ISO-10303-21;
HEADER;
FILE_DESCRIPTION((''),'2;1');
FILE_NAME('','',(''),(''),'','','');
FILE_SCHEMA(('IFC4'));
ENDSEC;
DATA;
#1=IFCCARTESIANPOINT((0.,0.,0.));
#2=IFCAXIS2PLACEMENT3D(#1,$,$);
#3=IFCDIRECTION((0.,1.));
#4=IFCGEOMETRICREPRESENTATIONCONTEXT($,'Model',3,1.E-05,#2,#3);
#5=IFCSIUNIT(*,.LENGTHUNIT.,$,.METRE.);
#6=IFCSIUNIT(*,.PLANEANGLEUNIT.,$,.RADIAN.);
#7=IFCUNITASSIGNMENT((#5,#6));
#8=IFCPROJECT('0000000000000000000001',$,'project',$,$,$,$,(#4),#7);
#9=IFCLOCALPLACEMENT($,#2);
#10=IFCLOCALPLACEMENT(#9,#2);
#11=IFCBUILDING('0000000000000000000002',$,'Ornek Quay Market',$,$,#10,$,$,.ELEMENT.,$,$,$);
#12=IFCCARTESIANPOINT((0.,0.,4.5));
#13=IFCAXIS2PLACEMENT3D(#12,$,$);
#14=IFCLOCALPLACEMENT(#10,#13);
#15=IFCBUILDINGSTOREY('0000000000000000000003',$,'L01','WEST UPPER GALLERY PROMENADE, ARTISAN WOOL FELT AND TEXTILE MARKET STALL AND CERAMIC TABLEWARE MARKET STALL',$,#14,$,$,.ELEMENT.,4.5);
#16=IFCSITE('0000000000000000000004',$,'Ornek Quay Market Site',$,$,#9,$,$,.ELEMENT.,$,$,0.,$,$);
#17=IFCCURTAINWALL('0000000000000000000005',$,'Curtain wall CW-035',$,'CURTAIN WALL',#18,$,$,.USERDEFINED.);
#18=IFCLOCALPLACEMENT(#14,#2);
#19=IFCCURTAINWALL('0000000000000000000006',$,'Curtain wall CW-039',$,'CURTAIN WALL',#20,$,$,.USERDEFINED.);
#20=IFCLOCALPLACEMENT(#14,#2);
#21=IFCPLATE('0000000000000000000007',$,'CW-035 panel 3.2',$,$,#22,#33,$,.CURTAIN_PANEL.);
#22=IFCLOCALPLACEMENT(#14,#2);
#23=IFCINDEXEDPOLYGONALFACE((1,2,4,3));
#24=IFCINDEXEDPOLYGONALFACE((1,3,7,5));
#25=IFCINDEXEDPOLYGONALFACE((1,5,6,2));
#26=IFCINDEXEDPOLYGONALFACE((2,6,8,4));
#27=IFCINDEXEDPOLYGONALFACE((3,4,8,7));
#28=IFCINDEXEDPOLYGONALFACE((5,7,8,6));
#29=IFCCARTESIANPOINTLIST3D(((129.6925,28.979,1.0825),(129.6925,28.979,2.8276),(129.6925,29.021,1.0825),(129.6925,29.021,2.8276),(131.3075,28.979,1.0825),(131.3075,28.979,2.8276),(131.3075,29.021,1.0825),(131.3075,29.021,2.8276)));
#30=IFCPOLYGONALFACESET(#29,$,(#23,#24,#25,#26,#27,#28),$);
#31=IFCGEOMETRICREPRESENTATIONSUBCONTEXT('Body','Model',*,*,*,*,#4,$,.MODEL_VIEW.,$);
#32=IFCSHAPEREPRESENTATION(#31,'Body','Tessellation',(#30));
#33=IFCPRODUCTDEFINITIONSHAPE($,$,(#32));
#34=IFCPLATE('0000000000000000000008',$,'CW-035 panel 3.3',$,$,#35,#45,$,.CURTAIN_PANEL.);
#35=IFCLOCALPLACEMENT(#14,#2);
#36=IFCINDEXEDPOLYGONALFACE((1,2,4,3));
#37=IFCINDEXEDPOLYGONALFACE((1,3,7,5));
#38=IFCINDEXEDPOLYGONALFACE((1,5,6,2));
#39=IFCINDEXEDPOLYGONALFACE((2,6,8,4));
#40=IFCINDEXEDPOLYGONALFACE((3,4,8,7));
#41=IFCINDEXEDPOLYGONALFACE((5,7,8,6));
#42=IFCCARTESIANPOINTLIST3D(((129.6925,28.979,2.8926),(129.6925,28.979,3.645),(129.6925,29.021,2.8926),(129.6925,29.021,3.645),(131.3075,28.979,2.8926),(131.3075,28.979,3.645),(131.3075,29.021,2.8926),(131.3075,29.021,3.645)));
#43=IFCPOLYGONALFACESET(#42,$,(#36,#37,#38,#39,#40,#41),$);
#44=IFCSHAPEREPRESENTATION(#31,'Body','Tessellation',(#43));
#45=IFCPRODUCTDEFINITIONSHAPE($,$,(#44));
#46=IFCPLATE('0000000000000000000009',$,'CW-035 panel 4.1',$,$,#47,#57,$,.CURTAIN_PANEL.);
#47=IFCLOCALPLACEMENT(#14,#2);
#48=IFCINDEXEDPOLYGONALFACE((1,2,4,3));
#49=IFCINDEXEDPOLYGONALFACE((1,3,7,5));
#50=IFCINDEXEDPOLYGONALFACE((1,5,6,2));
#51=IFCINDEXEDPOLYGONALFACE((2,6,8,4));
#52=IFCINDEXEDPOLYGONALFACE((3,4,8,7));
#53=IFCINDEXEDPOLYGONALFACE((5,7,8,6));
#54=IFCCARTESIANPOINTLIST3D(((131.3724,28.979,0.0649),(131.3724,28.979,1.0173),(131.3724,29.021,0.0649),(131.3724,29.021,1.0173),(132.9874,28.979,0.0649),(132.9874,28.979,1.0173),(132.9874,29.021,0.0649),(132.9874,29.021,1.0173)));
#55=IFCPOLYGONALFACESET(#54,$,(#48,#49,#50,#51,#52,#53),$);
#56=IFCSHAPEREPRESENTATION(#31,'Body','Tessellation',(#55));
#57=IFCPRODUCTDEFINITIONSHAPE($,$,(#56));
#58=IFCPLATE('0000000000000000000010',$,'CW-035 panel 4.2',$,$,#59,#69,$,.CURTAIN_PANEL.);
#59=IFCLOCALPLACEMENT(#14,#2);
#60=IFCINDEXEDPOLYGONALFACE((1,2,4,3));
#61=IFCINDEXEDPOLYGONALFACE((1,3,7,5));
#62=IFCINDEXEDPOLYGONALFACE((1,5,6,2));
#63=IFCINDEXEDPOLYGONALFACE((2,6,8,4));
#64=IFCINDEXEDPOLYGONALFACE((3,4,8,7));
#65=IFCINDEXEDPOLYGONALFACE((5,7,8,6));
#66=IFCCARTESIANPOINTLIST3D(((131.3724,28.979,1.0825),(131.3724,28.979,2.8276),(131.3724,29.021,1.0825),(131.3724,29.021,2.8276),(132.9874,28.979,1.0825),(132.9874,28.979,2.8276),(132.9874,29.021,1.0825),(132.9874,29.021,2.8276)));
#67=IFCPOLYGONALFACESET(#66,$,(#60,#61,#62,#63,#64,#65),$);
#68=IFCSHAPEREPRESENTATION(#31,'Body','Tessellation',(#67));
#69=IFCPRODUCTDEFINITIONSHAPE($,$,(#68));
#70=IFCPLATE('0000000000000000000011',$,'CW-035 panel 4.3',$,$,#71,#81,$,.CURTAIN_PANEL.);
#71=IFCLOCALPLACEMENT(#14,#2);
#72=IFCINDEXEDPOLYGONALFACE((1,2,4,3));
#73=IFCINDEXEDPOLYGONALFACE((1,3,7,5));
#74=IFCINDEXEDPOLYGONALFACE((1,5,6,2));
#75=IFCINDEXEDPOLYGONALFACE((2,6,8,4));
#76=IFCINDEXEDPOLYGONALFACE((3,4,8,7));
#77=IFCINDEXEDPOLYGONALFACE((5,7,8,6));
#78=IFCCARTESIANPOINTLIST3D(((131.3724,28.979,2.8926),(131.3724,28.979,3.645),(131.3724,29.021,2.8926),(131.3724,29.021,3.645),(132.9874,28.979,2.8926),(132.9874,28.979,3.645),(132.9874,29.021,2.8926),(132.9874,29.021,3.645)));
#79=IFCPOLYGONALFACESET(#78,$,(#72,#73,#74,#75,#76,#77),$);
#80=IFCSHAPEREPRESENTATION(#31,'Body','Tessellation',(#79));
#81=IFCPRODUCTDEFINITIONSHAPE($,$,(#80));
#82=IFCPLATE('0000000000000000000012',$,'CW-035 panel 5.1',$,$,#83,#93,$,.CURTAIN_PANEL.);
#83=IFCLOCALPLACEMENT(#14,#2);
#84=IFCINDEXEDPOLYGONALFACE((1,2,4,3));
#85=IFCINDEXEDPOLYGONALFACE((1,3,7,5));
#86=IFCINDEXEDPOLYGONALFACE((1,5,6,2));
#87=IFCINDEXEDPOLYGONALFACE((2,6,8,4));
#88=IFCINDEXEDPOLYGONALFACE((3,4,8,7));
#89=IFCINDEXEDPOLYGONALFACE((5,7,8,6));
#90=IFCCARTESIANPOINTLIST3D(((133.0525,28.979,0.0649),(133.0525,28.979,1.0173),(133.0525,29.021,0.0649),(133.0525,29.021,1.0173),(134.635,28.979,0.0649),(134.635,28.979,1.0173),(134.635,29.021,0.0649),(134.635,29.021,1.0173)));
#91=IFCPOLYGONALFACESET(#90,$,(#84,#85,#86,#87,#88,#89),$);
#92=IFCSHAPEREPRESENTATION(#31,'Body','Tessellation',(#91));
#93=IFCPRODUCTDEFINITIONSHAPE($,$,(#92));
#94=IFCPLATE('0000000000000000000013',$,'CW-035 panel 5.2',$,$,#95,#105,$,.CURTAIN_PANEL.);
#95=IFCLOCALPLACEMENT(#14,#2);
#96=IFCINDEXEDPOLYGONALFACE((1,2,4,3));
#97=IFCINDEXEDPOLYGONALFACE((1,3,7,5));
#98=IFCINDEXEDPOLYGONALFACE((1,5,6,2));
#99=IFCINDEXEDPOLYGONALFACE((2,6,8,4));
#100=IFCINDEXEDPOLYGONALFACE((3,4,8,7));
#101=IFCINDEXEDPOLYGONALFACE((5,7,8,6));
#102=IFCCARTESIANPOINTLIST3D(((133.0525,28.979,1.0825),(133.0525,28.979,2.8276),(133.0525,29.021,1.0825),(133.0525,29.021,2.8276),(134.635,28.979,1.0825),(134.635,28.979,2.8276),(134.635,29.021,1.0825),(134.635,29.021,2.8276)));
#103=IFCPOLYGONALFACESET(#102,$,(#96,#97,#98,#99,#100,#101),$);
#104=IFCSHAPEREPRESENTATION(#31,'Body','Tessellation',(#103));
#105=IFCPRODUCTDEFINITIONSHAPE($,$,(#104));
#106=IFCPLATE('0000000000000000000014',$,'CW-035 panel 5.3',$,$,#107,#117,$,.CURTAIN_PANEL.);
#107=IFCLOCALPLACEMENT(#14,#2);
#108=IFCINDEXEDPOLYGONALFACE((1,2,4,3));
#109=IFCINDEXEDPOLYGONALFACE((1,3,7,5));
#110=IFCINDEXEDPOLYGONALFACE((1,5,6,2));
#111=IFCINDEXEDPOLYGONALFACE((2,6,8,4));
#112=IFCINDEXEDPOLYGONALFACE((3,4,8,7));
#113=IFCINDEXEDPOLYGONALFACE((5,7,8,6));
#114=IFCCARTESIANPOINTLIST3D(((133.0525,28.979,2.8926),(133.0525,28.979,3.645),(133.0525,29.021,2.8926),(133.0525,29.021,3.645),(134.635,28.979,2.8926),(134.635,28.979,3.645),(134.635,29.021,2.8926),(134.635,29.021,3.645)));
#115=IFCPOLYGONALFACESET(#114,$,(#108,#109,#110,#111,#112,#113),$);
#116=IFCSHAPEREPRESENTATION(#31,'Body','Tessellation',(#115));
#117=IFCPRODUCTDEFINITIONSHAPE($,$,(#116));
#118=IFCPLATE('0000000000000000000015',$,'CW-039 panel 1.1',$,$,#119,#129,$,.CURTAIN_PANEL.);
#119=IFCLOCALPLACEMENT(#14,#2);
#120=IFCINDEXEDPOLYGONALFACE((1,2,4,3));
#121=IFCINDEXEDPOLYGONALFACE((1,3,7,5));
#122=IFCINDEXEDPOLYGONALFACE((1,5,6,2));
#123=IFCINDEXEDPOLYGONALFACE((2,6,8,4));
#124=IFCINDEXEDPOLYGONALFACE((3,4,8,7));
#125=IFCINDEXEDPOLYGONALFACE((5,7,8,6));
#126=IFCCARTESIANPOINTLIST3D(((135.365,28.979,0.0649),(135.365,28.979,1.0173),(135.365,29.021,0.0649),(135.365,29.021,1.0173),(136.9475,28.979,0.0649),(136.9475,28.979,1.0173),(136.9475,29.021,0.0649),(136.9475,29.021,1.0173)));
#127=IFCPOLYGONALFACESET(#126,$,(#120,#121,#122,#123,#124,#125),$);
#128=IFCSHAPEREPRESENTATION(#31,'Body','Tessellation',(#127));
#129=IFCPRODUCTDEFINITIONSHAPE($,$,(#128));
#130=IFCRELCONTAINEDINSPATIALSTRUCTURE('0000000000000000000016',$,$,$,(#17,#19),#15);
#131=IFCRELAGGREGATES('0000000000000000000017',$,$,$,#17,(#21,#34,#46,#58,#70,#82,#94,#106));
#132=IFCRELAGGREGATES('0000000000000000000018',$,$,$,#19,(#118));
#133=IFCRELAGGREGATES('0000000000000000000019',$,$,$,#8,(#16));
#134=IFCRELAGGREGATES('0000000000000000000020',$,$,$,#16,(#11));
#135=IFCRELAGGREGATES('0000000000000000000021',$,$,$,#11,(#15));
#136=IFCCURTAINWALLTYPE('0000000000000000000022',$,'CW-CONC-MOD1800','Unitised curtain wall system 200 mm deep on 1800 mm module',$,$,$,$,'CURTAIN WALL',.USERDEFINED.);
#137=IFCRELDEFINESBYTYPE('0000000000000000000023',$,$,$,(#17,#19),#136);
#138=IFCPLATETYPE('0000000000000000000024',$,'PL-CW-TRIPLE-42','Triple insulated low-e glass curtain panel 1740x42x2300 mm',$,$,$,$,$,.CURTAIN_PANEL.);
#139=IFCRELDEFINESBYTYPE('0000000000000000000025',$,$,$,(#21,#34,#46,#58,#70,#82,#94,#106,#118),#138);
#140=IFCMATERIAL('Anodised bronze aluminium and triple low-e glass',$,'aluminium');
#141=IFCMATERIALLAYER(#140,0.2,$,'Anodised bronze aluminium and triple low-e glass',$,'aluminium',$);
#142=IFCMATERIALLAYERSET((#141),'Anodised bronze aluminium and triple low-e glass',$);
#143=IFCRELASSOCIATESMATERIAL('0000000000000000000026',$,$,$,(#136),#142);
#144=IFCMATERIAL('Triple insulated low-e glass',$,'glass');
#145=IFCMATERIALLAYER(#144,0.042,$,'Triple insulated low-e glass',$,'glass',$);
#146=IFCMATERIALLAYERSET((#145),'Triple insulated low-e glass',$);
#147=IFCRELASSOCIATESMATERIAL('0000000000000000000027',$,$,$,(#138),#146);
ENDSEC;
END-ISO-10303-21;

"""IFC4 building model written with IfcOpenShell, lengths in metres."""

from ifc_helpers import new_model, si_unit, direction, frame, origin, origin_2d, place, context, subcontext, project, spatial, rectangle, extrude, material, layer, layer_set, type_object, element, aggregate, save


model = new_model("IFC4")

# Units and contexts
model_context = context("Model", 3, precision=1e-05, world=origin(), true_north=direction((0.0, 1.0)))
body_context = subcontext(model_context, "Body", "Model", "MODEL_VIEW")
ifc_project = project(units=[si_unit("LENGTHUNIT", "METRE"), si_unit("PLANEANGLEUNIT", "RADIAN")], contexts=[model_context])

# Site, building, storey
site_placement = place(None, origin())
site = spatial("IfcSite", under=ifc_project, at=site_placement, Name="Ornek Quay Market Site", CompositionType="ELEMENT", RefElevation=0.0)
building_placement = place(site_placement, origin())
building = spatial("IfcBuilding", under=site, at=building_placement, Name="Ornek Quay Market", CompositionType="ELEMENT")
storey_placement = place(building_placement, frame((0.0, 0.0, 4.5)))
storey = spatial("IfcBuildingStorey", under=building, at=storey_placement, Name="L01", Description="WEST UPPER GALLERY PROMENADE, ARTISAN WOOL FELT AND TEXTILE MARKET STALL AND CERAMIC TABLEWARE MARKET STALL", CompositionType="ELEMENT", Elevation=4.5)

# Curtain wall
ifc_material_1 = material(Name="Anodised bronze aluminium and triple low-e glass", Category="aluminium")
ifc_layer_1 = layer(ifc_material_1, 0.2, Name="Anodised bronze aluminium and triple low-e glass", Category="aluminium")
ifc_layer_set_1 = layer_set([ifc_layer_1], Name="Anodised bronze aluminium and triple low-e glass")
curtain_wall_type_1 = type_object("IfcCurtainWallType", Name="CW-CONC-MOD1800", Description="Unitised curtain wall system 200 mm deep on 1800 mm module", ElementType="CURTAIN WALL", PredefinedType="USERDEFINED", material=ifc_layer_set_1)
curtain_wall_1_placement = place(storey_placement, origin())
curtain_wall_1 = element("IfcCurtainWall", 1, at=curtain_wall_1_placement, inside=storey, type_object=curtain_wall_type_1, Name="Curtain wall CW-035", ObjectType="CURTAIN WALL", PredefinedType="USERDEFINED")

# Curtain wall
curtain_wall_2_placement = place(storey_placement, origin())
curtain_wall_2 = element("IfcCurtainWall", 2, at=curtain_wall_2_placement, inside=storey, type_object=curtain_wall_type_1, Name="Curtain wall CW-039", ObjectType="CURTAIN WALL", PredefinedType="USERDEFINED")

# Plates
ifc_material_2 = material(Name="Triple insulated low-e glass", Category="glass")
ifc_layer_2 = layer(ifc_material_2, 0.042, Name="Triple insulated low-e glass", Category="glass")
ifc_layer_set_2 = layer_set([ifc_layer_2], Name="Triple insulated low-e glass")
plate_type_1 = type_object("IfcPlateType", Name="PL-CW-TRIPLE-42", Description="Triple insulated low-e glass curtain panel 1740x42x2300 mm", PredefinedType="CURTAIN_PANEL", material=ifc_layer_set_2)
plate_1_placement = place(storey_placement, frame((130.5, 29.0, 1.0825), z_axis=(0.0, 0.0, 1.0), x_axis=(1.0, 0.0, 0.0)))
plate_1 = element("IfcPlate", 3, at=plate_1_placement, type_object=plate_type_1, Name="CW-035 panel 3.2", PredefinedType="CURTAIN_PANEL", context=body_context, shape_type="SweptSolid", body=[
    extrude(rectangle(XDim=1.615, YDim=0.042, at=origin_2d()), origin(), (0.0, 0.0, 1.0), 1.7451),
])
plate_2_placement = place(storey_placement, frame((130.5, 29.0, 2.8926), z_axis=(0.0, 0.0, 1.0), x_axis=(1.0, 0.0, 0.0)))
plate_2 = element("IfcPlate", 4, at=plate_2_placement, type_object=plate_type_1, Name="CW-035 panel 3.3", PredefinedType="CURTAIN_PANEL", context=body_context, shape_type="SweptSolid", body=[
    extrude(rectangle(XDim=1.615, YDim=0.042, at=origin_2d()), origin(), (0.0, 0.0, 1.0), 0.7524),
])
plate_3_placement = place(storey_placement, frame((132.1799, 29.0, 0.0649), z_axis=(0.0, 0.0, 1.0), x_axis=(1.0, 0.0, 0.0)))
plate_3 = element("IfcPlate", 5, at=plate_3_placement, type_object=plate_type_1, Name="CW-035 panel 4.1", PredefinedType="CURTAIN_PANEL", context=body_context, shape_type="SweptSolid", body=[
    extrude(rectangle(XDim=1.615, YDim=0.042, at=origin_2d()), origin(), (0.0, 0.0, 1.0), 0.9524),
])
plate_4_placement = place(storey_placement, frame((132.1799, 29.0, 1.0825), z_axis=(0.0, 0.0, 1.0), x_axis=(1.0, 0.0, 0.0)))
plate_4 = element("IfcPlate", 6, at=plate_4_placement, type_object=plate_type_1, Name="CW-035 panel 4.2", PredefinedType="CURTAIN_PANEL", context=body_context, shape_type="SweptSolid", body=[
    extrude(rectangle(XDim=1.615, YDim=0.042, at=origin_2d()), origin(), (0.0, 0.0, 1.0), 1.7451),
])
plate_5_placement = place(storey_placement, frame((132.1799, 29.0, 2.8926), z_axis=(0.0, 0.0, 1.0), x_axis=(1.0, 0.0, 0.0)))
plate_5 = element("IfcPlate", 7, at=plate_5_placement, type_object=plate_type_1, Name="CW-035 panel 4.3", PredefinedType="CURTAIN_PANEL", context=body_context, shape_type="SweptSolid", body=[
    extrude(rectangle(XDim=1.615, YDim=0.042, at=origin_2d()), origin(), (0.0, 0.0, 1.0), 0.7524),
])
plate_6_placement = place(storey_placement, frame((133.8438, 29.0, 0.0649), z_axis=(0.0, 0.0, 1.0), x_axis=(1.0, 0.0, 0.0)))
plate_6 = element("IfcPlate", 8, at=plate_6_placement, type_object=plate_type_1, Name="CW-035 panel 5.1", PredefinedType="CURTAIN_PANEL", context=body_context, shape_type="SweptSolid", body=[
    extrude(rectangle(XDim=1.5825, YDim=0.042, at=origin_2d()), origin(), (0.0, 0.0, 1.0), 0.9524),
])
plate_7_placement = place(storey_placement, frame((133.8438, 29.0, 1.0825), z_axis=(0.0, 0.0, 1.0), x_axis=(1.0, 0.0, 0.0)))
plate_7 = element("IfcPlate", 9, at=plate_7_placement, type_object=plate_type_1, Name="CW-035 panel 5.2", PredefinedType="CURTAIN_PANEL", context=body_context, shape_type="SweptSolid", body=[
    extrude(rectangle(XDim=1.5825, YDim=0.042, at=origin_2d()), origin(), (0.0, 0.0, 1.0), 1.7451),
])
plate_8_placement = place(storey_placement, frame((133.8438, 29.0, 2.8926), z_axis=(0.0, 0.0, 1.0), x_axis=(1.0, 0.0, 0.0)))
plate_8 = element("IfcPlate", 10, at=plate_8_placement, type_object=plate_type_1, Name="CW-035 panel 5.3", PredefinedType="CURTAIN_PANEL", context=body_context, shape_type="SweptSolid", body=[
    extrude(rectangle(XDim=1.5825, YDim=0.042, at=origin_2d()), origin(), (0.0, 0.0, 1.0), 0.7524),
])
aggregate(curtain_wall_1, [plate_1, plate_2, plate_3, plate_4, plate_5, plate_6, plate_7, plate_8])
plate_9_placement = place(storey_placement, frame((136.1562, 29.0, 0.0649), z_axis=(0.0, 0.0, 1.0), x_axis=(1.0, 0.0, 0.0)))
plate_9 = element("IfcPlate", 11, at=plate_9_placement, type_object=plate_type_1, Name="CW-039 panel 1.1", PredefinedType="CURTAIN_PANEL", context=body_context, shape_type="SweptSolid", body=[
    extrude(rectangle(XDim=1.5825, YDim=0.042, at=origin_2d()), origin(), (0.0, 0.0, 1.0), 0.9524),
])
aggregate(curtain_wall_2, [plate_9])

save(model, "model.ifc")
